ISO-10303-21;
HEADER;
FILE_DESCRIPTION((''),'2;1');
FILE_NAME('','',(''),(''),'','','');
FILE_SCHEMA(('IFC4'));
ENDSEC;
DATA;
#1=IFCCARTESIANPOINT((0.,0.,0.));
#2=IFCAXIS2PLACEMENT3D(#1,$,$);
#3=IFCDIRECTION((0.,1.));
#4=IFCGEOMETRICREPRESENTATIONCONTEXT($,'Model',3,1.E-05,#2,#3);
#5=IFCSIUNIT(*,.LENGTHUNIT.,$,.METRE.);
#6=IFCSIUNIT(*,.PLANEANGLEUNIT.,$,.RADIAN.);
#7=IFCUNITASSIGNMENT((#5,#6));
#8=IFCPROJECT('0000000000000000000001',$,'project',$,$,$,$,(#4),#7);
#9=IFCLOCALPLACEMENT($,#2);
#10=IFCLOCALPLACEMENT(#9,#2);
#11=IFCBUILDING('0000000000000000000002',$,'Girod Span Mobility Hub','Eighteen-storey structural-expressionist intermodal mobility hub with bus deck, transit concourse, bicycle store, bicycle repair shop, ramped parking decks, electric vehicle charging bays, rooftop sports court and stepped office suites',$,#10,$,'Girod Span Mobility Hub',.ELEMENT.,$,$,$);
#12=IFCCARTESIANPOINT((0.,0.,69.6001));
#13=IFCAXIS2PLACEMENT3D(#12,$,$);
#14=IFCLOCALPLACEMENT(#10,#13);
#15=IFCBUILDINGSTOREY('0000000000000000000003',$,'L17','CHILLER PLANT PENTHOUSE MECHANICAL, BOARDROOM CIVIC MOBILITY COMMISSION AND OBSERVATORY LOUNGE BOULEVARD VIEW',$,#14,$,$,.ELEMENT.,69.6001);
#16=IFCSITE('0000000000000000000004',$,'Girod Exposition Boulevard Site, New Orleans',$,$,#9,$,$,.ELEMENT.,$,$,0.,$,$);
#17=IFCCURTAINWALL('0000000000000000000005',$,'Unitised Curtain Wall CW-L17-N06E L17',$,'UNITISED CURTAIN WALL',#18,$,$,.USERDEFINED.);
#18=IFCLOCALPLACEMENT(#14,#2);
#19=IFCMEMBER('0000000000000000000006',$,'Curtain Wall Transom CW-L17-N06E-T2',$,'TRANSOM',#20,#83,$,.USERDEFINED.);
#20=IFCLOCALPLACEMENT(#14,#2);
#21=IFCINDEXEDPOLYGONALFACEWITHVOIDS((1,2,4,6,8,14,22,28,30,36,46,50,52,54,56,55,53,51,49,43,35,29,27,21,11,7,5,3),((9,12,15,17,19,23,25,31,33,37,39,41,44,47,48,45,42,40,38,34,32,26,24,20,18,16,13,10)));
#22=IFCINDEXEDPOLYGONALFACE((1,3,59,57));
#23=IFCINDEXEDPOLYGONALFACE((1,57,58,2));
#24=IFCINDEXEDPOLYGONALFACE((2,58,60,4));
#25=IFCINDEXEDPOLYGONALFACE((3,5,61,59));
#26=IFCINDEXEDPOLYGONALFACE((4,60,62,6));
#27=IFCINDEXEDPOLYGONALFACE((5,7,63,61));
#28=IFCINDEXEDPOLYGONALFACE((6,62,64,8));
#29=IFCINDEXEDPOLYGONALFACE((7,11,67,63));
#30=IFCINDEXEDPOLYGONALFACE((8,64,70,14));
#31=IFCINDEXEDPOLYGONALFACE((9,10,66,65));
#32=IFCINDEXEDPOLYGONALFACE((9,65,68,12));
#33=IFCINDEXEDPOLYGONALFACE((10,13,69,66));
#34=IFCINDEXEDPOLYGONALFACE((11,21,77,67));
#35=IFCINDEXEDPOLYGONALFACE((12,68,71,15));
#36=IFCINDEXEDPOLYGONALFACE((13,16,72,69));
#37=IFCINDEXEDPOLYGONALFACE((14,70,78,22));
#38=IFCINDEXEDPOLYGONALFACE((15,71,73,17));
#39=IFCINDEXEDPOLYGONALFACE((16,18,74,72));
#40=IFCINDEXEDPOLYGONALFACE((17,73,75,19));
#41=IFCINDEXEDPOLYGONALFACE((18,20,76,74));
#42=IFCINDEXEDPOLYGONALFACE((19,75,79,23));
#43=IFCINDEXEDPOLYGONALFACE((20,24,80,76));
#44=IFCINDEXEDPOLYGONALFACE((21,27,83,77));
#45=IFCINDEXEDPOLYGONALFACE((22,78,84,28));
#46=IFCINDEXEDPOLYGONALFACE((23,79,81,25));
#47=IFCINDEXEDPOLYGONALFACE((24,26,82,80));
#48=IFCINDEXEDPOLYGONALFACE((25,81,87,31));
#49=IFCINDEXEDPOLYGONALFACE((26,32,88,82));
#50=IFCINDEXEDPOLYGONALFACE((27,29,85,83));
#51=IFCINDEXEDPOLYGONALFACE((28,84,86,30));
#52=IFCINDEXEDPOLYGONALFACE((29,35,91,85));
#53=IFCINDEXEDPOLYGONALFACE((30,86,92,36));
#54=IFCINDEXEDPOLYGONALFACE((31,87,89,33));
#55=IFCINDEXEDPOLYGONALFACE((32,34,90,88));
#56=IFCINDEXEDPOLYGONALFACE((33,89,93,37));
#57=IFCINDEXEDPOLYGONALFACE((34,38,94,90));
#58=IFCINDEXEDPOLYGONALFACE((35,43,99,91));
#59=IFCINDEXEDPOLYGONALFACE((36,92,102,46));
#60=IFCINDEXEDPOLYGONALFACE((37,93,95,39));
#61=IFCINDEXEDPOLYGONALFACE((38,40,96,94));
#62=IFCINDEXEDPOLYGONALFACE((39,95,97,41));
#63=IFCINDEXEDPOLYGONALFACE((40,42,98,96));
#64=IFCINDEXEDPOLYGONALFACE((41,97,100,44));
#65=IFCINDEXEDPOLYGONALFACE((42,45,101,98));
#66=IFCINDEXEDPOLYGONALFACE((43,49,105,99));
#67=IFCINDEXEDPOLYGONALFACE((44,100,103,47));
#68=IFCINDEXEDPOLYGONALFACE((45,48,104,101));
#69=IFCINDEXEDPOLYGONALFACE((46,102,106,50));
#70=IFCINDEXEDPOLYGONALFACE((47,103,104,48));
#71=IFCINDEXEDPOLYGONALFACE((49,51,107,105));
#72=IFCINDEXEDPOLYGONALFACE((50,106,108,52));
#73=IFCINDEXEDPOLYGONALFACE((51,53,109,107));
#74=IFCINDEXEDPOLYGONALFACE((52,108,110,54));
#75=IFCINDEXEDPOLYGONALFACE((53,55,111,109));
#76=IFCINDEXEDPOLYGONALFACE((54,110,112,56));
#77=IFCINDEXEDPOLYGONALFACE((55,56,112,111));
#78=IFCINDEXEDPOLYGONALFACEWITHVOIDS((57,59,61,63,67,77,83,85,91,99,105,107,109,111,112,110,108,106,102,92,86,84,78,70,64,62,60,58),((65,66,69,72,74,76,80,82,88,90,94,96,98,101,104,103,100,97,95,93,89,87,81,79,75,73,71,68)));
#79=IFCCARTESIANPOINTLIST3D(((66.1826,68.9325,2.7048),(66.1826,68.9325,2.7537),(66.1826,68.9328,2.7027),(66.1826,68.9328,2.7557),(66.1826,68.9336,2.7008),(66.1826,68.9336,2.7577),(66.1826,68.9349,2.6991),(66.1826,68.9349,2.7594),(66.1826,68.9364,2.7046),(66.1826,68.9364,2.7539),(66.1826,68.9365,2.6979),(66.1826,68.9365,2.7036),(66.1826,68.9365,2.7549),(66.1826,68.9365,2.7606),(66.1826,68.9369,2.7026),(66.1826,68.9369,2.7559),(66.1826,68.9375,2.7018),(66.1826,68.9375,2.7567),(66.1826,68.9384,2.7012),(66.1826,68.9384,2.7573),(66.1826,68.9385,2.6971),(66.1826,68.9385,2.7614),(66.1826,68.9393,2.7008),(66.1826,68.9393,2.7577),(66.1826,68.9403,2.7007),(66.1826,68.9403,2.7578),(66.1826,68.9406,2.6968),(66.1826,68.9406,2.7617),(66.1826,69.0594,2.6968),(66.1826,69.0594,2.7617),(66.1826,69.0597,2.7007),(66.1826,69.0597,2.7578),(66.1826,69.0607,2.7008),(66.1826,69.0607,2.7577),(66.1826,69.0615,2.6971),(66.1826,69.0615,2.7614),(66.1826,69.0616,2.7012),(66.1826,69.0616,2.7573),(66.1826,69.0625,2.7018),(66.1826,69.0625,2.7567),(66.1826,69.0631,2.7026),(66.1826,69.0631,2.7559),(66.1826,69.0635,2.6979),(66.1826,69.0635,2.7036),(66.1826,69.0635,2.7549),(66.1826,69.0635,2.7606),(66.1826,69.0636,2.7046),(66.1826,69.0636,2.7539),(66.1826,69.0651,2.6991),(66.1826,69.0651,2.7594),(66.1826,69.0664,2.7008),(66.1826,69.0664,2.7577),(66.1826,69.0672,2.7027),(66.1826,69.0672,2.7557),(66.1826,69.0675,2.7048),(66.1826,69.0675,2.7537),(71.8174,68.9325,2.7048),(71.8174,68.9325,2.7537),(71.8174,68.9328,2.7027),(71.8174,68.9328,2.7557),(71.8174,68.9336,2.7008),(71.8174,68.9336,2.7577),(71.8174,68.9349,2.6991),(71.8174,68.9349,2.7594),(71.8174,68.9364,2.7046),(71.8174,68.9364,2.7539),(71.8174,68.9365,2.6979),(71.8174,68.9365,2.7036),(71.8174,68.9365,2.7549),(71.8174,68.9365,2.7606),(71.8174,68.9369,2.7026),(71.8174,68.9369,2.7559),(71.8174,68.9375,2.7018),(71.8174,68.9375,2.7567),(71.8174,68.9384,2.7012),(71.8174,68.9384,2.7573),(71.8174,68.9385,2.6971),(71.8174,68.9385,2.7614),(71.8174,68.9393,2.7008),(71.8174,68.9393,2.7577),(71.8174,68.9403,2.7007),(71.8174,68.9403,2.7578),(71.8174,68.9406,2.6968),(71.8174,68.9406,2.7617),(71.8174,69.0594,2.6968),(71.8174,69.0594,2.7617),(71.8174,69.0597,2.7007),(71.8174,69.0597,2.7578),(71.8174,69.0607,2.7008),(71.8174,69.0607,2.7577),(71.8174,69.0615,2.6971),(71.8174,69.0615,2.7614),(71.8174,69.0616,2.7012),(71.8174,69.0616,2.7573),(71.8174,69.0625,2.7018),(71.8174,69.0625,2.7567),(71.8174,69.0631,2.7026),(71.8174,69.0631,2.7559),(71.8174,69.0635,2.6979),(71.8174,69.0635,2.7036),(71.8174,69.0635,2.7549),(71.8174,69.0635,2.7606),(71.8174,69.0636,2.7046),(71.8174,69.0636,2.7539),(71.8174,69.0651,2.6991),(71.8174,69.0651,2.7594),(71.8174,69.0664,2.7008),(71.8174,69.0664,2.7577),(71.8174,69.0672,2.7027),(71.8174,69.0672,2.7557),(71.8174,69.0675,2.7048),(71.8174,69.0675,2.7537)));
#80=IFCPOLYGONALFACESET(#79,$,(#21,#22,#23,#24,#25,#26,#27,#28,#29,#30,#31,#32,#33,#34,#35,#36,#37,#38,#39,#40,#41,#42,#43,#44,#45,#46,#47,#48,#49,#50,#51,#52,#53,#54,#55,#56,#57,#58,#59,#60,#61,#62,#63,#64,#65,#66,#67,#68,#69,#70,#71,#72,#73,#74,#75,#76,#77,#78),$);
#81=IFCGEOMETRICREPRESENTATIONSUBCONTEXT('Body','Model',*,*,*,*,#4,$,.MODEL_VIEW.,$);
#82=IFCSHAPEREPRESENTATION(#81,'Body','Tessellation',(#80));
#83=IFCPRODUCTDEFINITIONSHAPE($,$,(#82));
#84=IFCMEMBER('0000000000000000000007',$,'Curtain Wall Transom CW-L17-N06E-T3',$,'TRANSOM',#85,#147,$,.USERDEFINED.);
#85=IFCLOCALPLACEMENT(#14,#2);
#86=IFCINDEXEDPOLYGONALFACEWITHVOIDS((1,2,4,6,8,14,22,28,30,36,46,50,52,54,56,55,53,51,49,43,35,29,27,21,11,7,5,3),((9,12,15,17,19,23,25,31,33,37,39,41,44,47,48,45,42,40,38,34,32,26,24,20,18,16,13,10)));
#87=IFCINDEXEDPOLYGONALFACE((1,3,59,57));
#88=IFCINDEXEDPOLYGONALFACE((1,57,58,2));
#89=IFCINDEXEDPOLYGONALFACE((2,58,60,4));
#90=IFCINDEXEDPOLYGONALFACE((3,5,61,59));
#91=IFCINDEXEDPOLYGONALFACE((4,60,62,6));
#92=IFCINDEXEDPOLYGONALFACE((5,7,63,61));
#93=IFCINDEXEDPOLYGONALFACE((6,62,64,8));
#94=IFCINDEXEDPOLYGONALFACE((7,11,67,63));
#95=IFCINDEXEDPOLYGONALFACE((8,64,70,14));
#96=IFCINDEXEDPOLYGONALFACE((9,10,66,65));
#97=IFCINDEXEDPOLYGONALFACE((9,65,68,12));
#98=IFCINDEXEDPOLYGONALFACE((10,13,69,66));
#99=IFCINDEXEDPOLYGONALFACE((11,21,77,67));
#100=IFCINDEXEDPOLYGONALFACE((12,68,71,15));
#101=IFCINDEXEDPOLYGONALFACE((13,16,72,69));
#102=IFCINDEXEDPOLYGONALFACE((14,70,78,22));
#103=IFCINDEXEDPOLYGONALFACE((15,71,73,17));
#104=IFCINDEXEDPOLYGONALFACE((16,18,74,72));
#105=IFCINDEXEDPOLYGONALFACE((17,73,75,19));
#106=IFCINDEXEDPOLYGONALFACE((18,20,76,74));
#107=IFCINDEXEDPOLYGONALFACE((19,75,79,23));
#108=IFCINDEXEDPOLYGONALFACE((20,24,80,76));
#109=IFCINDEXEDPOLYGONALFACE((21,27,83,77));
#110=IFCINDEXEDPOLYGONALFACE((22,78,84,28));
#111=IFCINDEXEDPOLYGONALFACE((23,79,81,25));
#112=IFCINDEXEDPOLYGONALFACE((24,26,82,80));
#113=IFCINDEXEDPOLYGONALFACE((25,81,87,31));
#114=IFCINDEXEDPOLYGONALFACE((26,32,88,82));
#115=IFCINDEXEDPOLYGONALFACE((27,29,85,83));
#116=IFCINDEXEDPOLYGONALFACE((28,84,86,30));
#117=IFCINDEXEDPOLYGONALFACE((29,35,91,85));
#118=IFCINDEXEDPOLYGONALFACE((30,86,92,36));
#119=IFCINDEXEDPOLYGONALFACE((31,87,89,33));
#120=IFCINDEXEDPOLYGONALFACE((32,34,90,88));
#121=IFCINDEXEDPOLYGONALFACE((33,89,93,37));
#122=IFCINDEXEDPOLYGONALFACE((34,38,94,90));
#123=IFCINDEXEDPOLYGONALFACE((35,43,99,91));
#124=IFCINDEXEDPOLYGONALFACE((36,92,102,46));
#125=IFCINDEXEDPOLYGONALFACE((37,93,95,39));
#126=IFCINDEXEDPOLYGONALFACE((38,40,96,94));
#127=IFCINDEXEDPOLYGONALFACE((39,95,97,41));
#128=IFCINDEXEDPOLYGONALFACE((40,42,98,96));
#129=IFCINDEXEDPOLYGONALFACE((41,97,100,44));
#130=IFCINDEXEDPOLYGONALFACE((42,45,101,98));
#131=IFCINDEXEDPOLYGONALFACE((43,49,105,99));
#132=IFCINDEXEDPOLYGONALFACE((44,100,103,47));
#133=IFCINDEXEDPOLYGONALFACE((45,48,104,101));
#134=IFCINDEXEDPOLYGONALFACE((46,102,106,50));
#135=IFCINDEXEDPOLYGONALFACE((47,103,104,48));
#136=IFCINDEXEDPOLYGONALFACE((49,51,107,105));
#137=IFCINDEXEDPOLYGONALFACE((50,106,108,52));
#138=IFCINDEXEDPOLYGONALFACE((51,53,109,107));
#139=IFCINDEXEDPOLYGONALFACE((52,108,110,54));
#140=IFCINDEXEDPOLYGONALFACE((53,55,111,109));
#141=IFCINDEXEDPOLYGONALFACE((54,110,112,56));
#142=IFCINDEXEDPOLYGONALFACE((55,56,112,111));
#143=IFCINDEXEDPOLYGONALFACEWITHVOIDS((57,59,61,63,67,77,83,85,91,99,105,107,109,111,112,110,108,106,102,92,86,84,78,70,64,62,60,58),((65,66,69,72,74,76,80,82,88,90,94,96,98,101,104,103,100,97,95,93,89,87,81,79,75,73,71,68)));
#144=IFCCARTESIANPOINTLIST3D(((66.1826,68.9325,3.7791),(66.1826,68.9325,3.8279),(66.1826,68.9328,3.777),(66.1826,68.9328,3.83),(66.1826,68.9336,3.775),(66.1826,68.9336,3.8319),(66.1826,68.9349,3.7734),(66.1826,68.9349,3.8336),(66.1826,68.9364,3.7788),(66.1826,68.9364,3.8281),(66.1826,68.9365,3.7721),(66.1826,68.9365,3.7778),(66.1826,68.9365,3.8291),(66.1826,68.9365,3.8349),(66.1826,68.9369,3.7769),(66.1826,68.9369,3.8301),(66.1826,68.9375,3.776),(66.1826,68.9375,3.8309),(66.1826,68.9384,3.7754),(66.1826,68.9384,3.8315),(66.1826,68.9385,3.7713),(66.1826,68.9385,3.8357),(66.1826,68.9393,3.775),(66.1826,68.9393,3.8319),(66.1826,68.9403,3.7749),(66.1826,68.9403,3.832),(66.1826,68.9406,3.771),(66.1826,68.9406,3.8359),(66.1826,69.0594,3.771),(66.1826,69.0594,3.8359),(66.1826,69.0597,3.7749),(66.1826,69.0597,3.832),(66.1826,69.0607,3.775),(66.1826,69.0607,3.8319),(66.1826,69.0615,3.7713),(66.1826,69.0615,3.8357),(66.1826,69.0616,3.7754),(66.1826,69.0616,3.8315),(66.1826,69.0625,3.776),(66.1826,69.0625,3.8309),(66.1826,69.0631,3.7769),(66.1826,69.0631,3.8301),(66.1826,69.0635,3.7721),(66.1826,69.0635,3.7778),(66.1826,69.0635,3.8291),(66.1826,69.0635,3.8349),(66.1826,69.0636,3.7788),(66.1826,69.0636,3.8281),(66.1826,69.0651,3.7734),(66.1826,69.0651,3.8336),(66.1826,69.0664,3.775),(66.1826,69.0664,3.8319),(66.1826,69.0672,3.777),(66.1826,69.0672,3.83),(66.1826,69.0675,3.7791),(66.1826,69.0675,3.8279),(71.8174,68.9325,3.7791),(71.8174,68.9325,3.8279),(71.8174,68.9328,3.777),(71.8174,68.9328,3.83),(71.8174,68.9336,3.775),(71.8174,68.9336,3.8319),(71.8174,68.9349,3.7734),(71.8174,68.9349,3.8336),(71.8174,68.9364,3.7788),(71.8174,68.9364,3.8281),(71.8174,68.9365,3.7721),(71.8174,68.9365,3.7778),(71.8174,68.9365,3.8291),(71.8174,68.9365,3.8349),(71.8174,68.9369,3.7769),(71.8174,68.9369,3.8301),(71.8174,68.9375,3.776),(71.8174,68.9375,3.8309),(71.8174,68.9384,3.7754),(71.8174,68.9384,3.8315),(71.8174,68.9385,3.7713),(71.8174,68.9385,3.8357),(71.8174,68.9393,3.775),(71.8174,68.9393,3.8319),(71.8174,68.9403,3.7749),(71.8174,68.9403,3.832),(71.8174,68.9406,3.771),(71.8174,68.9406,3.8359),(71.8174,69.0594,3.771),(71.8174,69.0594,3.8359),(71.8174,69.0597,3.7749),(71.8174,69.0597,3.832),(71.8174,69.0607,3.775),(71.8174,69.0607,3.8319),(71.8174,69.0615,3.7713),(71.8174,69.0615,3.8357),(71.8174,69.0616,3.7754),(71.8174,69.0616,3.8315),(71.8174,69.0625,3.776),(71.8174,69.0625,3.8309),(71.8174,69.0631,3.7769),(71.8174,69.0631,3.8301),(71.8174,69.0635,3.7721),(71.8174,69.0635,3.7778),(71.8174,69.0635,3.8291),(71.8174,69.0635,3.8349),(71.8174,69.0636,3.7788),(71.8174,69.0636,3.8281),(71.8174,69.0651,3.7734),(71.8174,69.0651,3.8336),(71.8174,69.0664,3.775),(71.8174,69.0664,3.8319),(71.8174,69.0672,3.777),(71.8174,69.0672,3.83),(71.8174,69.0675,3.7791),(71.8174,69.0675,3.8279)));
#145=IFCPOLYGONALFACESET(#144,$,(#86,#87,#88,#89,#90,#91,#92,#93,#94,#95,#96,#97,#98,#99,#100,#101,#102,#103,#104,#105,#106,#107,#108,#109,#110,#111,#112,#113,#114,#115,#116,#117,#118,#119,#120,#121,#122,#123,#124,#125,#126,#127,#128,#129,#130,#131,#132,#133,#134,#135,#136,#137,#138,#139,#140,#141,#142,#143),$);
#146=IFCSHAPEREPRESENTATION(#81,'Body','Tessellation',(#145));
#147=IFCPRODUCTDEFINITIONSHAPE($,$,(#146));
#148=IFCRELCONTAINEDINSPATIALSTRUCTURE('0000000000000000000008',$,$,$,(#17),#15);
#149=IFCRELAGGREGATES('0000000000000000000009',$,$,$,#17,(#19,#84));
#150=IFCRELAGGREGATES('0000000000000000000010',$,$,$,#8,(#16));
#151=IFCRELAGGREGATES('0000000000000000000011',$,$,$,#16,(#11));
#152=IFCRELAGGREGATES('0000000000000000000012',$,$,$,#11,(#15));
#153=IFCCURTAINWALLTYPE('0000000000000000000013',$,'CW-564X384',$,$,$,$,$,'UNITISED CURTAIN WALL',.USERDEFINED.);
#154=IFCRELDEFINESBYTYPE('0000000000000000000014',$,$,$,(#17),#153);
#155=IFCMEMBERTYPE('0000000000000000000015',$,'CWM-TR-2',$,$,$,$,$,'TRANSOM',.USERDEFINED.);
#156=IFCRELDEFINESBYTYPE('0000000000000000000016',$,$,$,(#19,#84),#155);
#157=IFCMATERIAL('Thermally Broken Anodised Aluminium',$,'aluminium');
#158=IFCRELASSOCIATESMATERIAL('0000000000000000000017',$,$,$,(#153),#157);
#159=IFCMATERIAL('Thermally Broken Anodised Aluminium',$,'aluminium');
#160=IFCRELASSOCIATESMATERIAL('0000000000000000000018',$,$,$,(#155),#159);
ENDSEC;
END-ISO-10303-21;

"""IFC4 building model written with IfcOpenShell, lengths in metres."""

from ifc_helpers import new_model, si_unit, direction, frame, origin, origin_2d, place, context, subcontext, project, spatial, hollow_rectangle, extrude, material, material_profile, profile_set, type_object, element, aggregate, save


model = new_model("IFC4")

# Units and contexts
model_context = context("Model", 3, precision=1e-05, world=origin(), true_north=direction((0.0, 1.0)))
body_context = subcontext(model_context, "Body", "Model", "MODEL_VIEW")
ifc_project = project(units=[si_unit("LENGTHUNIT", "METRE"), si_unit("PLANEANGLEUNIT", "RADIAN")], contexts=[model_context])

# Site, building, storey
site_placement = place(None, origin())
site = spatial("IfcSite", under=ifc_project, at=site_placement, Name="Girod Exposition Boulevard Site, New Orleans", CompositionType="ELEMENT", RefElevation=0.0)
building_placement = place(site_placement, origin())
building = spatial("IfcBuilding", under=site, at=building_placement, Name="Girod Span Mobility Hub", Description="Eighteen-storey structural-expressionist intermodal mobility hub with bus deck, transit concourse, bicycle store, bicycle repair shop, ramped parking decks, electric vehicle charging bays, rooftop sports court and stepped office suites", LongName="Girod Span Mobility Hub", CompositionType="ELEMENT")
storey_placement = place(building_placement, frame((0.0, 0.0, 69.6001)))
storey = spatial("IfcBuildingStorey", under=building, at=storey_placement, Name="L17", Description="CHILLER PLANT PENTHOUSE MECHANICAL, BOARDROOM CIVIC MOBILITY COMMISSION AND OBSERVATORY LOUNGE BOULEVARD VIEW", CompositionType="ELEMENT", Elevation=69.6001)

# Curtain wall, members
ifc_material_1 = material(Name="Thermally Broken Anodised Aluminium", Category="aluminium")
curtain_wall_type = type_object("IfcCurtainWallType", Name="CW-564X384", ElementType="UNITISED CURTAIN WALL", PredefinedType="USERDEFINED", material=ifc_material_1)
curtain_wall_1_placement = place(storey_placement, origin())
curtain_wall_1 = element("IfcCurtainWall", 1, at=curtain_wall_1_placement, inside=storey, type_object=curtain_wall_type, Name="Unitised Curtain Wall CW-L17-N06E L17", ObjectType="UNITISED CURTAIN WALL", PredefinedType="USERDEFINED")
ifc_material_2 = material(Name="Thermally Broken Anodised Aluminium", Category="aluminium")
ifc_material_profile_1 = material_profile(ifc_material_2, hollow_rectangle(XDim=0.135, YDim=0.0649, WallThickness=0.0039, InnerFilletRadius=0.0039, OuterFilletRadius=0.0081, at=origin_2d()), Name="CW-TR-65X135")
ifc_profile_set_1 = profile_set([ifc_material_profile_1], Name="Thermally Broken Anodised Aluminium")
member_type_1 = type_object("IfcMemberType", Name="CWM-TR-2", ElementType="TRANSOM", PredefinedType="USERDEFINED", material=ifc_profile_set_1)
member_1_placement = place(storey_placement, frame((66.1826, 69.0, 2.7292), z_axis=(1.0, 0.0, 0.0), x_axis=(0.0, 1.0, 0.0)))
member_1 = element("IfcMember", 2, at=member_1_placement, type_object=member_type_1, Name="Curtain Wall Transom CW-L17-N06E-T2", ObjectType="TRANSOM", PredefinedType="USERDEFINED", context=body_context, shape_type="SweptSolid", body=[
    extrude(hollow_rectangle(XDim=0.135, YDim=0.0649, WallThickness=0.0039, InnerFilletRadius=0.0039, OuterFilletRadius=0.0081, at=origin_2d()), origin(), (0.0, 0.0, 1.0), 5.6348),
])
member_2_placement = place(storey_placement, frame((66.1826, 69.0, 3.8035), z_axis=(1.0, 0.0, 0.0), x_axis=(0.0, 1.0, 0.0)))
member_2 = element("IfcMember", 3, at=member_2_placement, type_object=member_type_1, Name="Curtain Wall Transom CW-L17-N06E-T3", ObjectType="TRANSOM", PredefinedType="USERDEFINED", context=body_context, shape_type="SweptSolid", body=[
    extrude(hollow_rectangle(XDim=0.135, YDim=0.0649, WallThickness=0.0039, InnerFilletRadius=0.0039, OuterFilletRadius=0.0081, at=origin_2d()), origin(), (0.0, 0.0, 1.0), 5.6348),
])

aggregate(curtain_wall_1, [member_1, member_2])

save(model, "model.ifc")
